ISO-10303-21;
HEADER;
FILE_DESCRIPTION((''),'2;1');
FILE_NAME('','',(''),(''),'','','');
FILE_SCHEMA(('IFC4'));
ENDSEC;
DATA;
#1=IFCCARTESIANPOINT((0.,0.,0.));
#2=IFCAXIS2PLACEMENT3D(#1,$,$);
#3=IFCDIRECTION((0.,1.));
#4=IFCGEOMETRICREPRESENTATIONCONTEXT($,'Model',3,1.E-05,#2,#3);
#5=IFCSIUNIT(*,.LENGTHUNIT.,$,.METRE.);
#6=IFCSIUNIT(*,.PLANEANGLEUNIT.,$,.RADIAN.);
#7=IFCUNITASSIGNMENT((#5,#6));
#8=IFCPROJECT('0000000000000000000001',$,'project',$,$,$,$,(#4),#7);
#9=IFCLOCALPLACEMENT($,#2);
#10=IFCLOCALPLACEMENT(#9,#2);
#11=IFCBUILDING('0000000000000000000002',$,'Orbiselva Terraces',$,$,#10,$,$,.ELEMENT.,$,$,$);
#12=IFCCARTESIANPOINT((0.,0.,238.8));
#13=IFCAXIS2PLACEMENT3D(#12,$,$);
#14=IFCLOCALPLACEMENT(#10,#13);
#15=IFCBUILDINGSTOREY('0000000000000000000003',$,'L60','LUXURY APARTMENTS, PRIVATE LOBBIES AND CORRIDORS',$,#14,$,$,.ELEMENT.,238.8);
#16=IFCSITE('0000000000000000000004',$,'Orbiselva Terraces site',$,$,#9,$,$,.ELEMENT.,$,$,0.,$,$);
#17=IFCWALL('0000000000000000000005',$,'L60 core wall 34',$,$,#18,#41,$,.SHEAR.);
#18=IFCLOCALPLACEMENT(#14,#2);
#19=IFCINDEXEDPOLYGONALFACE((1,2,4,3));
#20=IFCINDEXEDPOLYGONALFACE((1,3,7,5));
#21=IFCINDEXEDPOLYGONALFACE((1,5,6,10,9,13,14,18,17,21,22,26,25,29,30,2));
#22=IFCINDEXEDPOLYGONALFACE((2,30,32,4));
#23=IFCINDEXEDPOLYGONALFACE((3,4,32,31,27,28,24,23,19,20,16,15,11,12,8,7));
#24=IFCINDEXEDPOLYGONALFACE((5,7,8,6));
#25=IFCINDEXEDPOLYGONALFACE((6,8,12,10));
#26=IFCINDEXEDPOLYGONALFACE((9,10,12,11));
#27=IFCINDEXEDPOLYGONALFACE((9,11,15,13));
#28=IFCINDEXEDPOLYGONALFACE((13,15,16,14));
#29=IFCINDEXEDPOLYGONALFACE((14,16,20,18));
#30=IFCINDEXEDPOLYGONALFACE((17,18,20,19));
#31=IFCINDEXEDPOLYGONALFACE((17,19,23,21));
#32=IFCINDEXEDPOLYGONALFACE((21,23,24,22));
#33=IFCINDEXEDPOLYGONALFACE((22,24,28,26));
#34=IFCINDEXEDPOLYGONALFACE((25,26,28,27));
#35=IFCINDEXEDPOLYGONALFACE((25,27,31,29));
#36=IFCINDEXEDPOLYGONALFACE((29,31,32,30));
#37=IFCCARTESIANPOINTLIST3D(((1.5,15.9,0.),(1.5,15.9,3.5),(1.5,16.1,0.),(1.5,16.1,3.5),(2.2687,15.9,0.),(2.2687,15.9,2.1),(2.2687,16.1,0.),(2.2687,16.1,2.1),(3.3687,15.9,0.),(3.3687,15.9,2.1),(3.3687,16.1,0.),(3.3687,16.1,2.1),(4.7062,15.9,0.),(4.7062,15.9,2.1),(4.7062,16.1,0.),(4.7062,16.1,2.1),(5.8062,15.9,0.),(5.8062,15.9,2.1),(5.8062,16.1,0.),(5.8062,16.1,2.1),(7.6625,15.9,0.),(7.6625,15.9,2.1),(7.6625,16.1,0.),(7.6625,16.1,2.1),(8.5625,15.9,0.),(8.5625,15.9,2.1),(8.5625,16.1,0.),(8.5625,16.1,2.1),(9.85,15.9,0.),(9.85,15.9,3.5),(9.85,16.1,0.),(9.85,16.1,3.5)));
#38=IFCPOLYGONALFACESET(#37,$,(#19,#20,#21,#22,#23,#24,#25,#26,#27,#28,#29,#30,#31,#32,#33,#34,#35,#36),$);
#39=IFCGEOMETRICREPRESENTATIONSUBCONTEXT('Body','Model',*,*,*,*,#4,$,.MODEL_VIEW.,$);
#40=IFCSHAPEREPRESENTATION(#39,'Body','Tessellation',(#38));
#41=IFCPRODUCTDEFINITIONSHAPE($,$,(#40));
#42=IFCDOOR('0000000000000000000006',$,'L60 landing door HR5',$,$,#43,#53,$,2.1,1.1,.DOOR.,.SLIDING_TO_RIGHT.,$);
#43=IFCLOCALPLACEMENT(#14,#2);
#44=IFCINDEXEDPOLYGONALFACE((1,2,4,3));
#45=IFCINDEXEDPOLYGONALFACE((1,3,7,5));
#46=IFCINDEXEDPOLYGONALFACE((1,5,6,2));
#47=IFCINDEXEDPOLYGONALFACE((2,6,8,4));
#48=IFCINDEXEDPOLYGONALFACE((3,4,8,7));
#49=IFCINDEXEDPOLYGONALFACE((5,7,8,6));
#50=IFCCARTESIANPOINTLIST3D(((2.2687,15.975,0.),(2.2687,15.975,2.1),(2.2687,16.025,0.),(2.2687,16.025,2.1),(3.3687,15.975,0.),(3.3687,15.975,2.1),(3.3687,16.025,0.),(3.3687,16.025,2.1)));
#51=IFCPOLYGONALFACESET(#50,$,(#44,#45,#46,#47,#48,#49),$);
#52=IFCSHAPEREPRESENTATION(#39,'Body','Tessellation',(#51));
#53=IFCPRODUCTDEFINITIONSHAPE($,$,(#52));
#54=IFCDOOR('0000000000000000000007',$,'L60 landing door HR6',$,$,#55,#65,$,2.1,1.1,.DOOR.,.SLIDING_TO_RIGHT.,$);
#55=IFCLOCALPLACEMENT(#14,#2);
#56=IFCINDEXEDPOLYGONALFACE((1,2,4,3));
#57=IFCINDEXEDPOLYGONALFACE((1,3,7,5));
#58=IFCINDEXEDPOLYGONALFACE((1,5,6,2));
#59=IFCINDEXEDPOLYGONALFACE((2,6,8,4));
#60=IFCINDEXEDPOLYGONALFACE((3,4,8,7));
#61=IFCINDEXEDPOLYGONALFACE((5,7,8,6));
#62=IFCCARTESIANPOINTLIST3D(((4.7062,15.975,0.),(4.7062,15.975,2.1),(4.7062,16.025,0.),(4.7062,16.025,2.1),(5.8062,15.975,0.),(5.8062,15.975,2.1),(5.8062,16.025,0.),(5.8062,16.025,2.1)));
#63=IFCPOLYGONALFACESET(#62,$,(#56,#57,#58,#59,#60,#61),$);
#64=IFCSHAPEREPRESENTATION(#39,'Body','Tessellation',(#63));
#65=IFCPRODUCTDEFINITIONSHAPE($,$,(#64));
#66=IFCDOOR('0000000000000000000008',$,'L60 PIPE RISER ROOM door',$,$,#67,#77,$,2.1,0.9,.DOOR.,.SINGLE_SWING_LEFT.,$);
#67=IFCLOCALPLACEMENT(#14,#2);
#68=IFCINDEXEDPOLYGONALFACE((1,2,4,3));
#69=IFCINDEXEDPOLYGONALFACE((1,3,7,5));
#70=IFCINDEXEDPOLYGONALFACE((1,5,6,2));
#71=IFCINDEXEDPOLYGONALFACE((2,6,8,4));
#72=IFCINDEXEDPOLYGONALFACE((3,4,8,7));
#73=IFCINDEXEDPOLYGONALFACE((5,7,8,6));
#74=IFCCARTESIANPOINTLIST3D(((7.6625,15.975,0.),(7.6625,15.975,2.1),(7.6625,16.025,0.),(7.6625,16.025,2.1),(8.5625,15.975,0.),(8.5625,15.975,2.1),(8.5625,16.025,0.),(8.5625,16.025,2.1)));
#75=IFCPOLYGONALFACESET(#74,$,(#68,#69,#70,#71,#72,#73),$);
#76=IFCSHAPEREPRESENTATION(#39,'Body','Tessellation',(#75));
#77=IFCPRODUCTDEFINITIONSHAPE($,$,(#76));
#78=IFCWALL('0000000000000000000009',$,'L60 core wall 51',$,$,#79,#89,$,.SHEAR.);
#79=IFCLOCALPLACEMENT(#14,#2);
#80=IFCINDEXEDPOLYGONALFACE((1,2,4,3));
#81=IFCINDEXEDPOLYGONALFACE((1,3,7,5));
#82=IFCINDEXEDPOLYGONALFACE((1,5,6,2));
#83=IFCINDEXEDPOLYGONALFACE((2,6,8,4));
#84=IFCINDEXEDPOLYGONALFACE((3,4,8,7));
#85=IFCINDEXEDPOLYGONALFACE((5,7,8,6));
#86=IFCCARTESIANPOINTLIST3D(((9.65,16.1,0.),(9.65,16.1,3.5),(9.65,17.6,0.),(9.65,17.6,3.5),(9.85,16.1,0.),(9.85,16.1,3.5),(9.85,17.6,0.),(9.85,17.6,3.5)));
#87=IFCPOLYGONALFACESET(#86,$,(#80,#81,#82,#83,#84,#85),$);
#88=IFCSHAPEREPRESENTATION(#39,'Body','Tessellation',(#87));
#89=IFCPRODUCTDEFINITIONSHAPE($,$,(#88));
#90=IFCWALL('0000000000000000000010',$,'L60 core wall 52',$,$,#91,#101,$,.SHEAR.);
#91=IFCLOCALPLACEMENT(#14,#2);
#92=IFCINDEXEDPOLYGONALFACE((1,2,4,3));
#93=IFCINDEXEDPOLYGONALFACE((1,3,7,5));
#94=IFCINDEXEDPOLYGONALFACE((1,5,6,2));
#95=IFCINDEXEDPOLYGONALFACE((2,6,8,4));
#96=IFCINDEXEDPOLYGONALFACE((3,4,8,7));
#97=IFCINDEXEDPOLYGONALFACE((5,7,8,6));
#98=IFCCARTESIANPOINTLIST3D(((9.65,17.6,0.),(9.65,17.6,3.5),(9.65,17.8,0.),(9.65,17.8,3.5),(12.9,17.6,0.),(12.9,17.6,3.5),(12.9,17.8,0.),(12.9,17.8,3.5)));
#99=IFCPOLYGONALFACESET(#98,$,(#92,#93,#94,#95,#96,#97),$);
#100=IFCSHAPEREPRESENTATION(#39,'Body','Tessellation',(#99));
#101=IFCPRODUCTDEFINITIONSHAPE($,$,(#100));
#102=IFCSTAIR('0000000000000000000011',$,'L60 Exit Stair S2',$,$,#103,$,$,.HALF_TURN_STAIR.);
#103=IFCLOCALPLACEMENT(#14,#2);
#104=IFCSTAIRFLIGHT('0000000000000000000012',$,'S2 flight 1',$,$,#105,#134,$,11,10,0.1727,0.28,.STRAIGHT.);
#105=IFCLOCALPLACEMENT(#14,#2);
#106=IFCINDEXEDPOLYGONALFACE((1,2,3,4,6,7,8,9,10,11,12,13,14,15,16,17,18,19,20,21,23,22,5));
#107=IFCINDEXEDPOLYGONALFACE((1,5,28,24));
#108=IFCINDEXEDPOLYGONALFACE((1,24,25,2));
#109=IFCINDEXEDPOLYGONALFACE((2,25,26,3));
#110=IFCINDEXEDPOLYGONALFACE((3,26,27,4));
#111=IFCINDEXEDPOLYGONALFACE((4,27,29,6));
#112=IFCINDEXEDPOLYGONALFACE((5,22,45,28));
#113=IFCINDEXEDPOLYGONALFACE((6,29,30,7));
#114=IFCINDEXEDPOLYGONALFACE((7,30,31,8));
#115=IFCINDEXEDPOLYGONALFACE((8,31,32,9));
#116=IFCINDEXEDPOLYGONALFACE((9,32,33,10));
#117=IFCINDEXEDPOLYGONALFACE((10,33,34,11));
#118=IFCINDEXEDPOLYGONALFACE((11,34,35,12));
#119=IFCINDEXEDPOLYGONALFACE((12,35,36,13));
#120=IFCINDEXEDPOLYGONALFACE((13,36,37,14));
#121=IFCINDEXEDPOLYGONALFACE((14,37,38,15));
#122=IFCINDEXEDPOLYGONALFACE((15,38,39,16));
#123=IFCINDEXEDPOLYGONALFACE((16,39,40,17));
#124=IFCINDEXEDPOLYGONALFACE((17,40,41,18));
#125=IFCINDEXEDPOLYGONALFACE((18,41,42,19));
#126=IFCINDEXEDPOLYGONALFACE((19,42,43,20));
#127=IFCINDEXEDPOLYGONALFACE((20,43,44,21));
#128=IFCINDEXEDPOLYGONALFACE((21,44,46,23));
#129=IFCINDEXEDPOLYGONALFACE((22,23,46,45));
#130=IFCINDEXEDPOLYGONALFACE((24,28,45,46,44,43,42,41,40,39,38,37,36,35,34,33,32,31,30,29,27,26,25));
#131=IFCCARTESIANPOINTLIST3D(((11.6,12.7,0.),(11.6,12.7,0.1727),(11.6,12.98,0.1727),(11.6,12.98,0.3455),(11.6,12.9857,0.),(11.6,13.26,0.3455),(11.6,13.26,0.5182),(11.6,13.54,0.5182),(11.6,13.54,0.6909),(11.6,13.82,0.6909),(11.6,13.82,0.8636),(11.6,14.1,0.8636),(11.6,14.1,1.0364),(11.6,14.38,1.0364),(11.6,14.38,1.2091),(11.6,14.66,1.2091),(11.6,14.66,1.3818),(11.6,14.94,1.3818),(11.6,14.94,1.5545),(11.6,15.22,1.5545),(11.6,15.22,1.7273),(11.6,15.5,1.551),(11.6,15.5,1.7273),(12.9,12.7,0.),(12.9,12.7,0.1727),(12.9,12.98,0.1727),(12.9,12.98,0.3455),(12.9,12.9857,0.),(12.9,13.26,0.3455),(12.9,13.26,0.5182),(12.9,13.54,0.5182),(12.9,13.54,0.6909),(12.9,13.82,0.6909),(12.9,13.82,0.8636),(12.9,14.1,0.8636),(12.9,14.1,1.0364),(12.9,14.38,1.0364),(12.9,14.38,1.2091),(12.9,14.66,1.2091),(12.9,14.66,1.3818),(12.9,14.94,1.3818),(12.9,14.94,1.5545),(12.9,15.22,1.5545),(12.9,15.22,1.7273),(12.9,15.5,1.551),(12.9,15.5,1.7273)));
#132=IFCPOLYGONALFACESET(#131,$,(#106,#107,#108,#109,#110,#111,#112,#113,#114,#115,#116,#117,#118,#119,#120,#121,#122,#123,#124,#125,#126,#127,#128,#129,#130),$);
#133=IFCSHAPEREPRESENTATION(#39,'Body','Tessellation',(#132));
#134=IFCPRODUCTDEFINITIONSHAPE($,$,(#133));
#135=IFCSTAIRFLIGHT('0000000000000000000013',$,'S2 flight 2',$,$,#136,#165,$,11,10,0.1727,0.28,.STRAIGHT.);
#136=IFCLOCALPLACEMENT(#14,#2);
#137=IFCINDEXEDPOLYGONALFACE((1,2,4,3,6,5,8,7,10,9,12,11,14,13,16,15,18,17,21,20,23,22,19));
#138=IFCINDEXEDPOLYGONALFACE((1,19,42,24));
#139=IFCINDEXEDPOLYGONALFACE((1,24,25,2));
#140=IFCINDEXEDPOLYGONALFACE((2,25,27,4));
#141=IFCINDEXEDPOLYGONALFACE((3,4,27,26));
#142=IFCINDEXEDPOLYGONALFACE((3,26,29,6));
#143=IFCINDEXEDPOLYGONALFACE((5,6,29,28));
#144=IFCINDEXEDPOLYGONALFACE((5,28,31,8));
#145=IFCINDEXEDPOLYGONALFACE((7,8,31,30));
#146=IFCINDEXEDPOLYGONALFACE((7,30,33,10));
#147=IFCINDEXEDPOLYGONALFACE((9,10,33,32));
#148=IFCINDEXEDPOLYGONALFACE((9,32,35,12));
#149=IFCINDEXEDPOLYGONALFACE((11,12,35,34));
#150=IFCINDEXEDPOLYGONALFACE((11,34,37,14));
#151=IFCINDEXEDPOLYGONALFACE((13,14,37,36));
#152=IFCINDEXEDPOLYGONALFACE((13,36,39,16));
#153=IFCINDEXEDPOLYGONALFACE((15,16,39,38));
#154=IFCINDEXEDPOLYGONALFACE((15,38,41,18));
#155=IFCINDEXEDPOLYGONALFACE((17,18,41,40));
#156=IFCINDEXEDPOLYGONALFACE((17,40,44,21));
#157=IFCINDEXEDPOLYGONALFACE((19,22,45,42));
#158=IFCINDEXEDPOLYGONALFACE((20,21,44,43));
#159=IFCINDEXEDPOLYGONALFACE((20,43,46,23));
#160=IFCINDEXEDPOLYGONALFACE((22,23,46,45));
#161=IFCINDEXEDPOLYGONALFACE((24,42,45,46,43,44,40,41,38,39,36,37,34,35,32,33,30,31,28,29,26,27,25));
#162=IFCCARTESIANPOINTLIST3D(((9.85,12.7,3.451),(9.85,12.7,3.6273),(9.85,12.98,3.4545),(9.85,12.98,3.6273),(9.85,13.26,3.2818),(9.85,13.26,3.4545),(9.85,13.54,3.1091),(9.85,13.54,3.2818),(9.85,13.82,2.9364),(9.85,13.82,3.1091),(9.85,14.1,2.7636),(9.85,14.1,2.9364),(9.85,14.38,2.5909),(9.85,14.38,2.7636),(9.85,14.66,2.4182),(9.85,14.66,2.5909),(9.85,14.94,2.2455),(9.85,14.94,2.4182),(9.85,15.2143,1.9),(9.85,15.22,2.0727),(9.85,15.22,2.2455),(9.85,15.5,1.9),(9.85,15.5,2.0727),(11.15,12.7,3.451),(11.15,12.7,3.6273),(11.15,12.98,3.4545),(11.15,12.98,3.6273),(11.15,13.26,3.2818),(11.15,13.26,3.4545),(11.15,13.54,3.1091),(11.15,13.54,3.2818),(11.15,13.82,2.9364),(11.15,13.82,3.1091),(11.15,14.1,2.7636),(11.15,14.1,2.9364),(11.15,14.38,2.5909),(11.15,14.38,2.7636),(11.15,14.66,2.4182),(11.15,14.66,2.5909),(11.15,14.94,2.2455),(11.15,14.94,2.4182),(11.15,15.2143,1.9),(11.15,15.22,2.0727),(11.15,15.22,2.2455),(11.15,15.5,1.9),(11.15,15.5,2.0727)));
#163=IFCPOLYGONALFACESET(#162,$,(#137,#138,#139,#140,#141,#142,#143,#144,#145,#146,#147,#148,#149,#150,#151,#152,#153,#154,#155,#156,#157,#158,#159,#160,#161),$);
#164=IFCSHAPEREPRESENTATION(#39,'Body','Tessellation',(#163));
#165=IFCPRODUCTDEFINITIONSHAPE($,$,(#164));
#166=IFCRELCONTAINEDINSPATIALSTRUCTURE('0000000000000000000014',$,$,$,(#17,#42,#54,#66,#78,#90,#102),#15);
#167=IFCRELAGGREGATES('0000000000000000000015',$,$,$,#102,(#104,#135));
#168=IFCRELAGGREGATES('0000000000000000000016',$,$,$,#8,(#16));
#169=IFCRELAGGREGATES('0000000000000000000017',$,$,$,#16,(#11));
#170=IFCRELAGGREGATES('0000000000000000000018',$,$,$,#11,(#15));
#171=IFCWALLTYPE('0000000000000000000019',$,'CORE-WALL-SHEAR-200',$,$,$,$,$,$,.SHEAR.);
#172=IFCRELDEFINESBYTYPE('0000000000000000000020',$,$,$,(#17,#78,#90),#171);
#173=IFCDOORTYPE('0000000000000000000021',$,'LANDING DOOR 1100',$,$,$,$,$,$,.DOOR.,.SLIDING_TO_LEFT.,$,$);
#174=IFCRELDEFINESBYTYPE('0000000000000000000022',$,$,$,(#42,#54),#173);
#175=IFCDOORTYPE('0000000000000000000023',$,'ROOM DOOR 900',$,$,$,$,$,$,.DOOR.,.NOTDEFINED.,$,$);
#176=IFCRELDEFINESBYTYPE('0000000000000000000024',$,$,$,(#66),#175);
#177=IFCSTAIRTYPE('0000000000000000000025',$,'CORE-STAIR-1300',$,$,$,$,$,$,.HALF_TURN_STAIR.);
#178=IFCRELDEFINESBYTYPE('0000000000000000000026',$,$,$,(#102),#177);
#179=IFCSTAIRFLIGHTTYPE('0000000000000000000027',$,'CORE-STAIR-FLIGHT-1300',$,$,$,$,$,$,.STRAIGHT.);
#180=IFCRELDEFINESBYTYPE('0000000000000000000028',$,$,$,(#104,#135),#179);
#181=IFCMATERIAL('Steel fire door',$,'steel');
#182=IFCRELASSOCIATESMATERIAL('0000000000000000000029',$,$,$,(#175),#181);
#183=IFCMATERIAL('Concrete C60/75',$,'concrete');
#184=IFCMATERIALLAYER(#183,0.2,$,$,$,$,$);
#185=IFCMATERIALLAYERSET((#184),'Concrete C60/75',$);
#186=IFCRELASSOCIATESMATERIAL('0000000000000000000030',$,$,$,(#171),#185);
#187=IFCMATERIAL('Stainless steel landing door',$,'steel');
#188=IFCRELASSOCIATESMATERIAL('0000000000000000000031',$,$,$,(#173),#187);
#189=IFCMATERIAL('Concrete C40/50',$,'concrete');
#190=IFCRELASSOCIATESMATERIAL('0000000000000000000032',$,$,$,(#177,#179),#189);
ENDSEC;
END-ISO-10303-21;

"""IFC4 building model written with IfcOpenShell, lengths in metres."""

from ifc_helpers import new_model, si_unit, direction, frame, frame_2d, origin, place, context, subcontext, project, spatial, polyline, rectangle, outline, extrude, material, layer, layer_set, type_object, element, fill, aggregate, save


model = new_model("IFC4")

# Units and contexts
model_context = context("Model", 3, precision=1e-05, world=origin(), true_north=direction((0.0, 1.0)))
body_context = subcontext(model_context, "Body", "Model", "MODEL_VIEW")
ifc_project = project(units=[si_unit("LENGTHUNIT", "METRE"), si_unit("PLANEANGLEUNIT", "RADIAN")], contexts=[model_context])

# Site, building, storey
site_placement = place(None, origin())
site = spatial("IfcSite", under=ifc_project, at=site_placement, Name="Orbiselva Terraces site", CompositionType="ELEMENT", RefElevation=0.0)
building_placement = place(site_placement, origin())
building = spatial("IfcBuilding", under=site, at=building_placement, Name="Orbiselva Terraces", CompositionType="ELEMENT")
storey_placement = place(building_placement, frame((0.0, 0.0, 238.8)))
storey = spatial("IfcBuildingStorey", under=building, at=storey_placement, Name="L60", Description="LUXURY APARTMENTS, PRIVATE LOBBIES AND CORRIDORS", CompositionType="ELEMENT", Elevation=238.8)

# Shared definitions
ifc_material_1 = material(Name="Steel fire door", Category="steel")
door_type_1 = type_object("IfcDoorType", Name="ROOM DOOR 900", OperationType="NOTDEFINED", PredefinedType="DOOR", material=ifc_material_1)

# Shared definitions
ifc_material_2 = material(Name="Concrete C40/50", Category="concrete")
ifc_material_3 = material(Name="Concrete C60/75", Category="concrete")
ifc_layer_1 = layer(ifc_material_3, 0.2)
ifc_layer_set_1 = layer_set([ifc_layer_1], Name="Concrete C60/75")
wall_type_1 = type_object("IfcWallType", Name="CORE-WALL-SHEAR-200", PredefinedType="SHEAR", material=ifc_layer_set_1)

# Wall, openings, doors
wall_1_placement = place(storey_placement, frame((9.85, 16.0, 0.0), z_axis=(0.0, 0.0, 1.0), x_axis=(-1.0, 0.0, 0.0)))
wall_1 = element("IfcWall", 1, at=wall_1_placement, inside=storey, type_object=wall_type_1, Name="L60 core wall 34", PredefinedType="SHEAR", context=body_context, shape_type="SweptSolid", body=[
    extrude(rectangle(XDim=8.35, YDim=0.2, at=frame_2d((4.175, 0.0))), origin(), (0.0, 0.0, 1.0), 3.5),
])
opening_1_placement = place(wall_1_placement, frame((6.4813, 0.0, 0.0)))
opening_1 = element("IfcOpeningElement", 2, at=opening_1_placement, cuts=wall_1, PredefinedType="OPENING", context=body_context, shape_type="SweptSolid", body=[
    extrude(rectangle(XDim=1.1, YDim=2.1, at=frame_2d((0.55, 1.05))), frame((0.0, 0.11, 0.0), z_axis=(0.0, -1.0, 0.0), x_axis=(1.0, 0.0, 0.0)), (0.0, 0.0, 1.0), 0.22),
])
opening_2_placement = place(wall_1_placement, frame((4.0438, 0.0, 0.0)))
opening_2 = element("IfcOpeningElement", 3, at=opening_2_placement, cuts=wall_1, PredefinedType="OPENING", context=body_context, shape_type="SweptSolid", body=[
    extrude(rectangle(XDim=1.1, YDim=2.1, at=frame_2d((0.55, 1.05))), frame((0.0, 0.11, 0.0), z_axis=(0.0, -1.0, 0.0), x_axis=(1.0, 0.0, 0.0)), (0.0, 0.0, 1.0), 0.22),
])
opening_3_placement = place(wall_1_placement, frame((1.2875, 0.0, 0.0)))
opening_3 = element("IfcOpeningElement", 4, at=opening_3_placement, cuts=wall_1, PredefinedType="OPENING", context=body_context, shape_type="SweptSolid", body=[
    extrude(rectangle(XDim=0.9, YDim=2.1, at=frame_2d((0.45, 1.05))), frame((0.0, 0.11, 0.0), z_axis=(0.0, -1.0, 0.0), x_axis=(1.0, 0.0, 0.0)), (0.0, 0.0, 1.0), 0.22),
])
ifc_material_4 = material(Name="Stainless steel landing door", Category="steel")
door_type_2 = type_object("IfcDoorType", Name="LANDING DOOR 1100", OperationType="SLIDING_TO_LEFT", PredefinedType="DOOR", material=ifc_material_4)
door_1_placement = place(opening_1_placement, origin())
door_1 = element("IfcDoor", 5, at=door_1_placement, inside=storey, type_object=door_type_2, Name="L60 landing door HR5", OperationType="SLIDING_TO_RIGHT", OverallHeight=2.1, OverallWidth=1.1, PredefinedType="DOOR", context=body_context, shape_type="SweptSolid", body=[
    extrude(rectangle(XDim=1.1, YDim=2.1, at=frame_2d((0.55, 1.05))), frame((0.0, 0.025, 0.0), z_axis=(0.0, -1.0, 0.0), x_axis=(1.0, 0.0, 0.0)), (0.0, 0.0, 1.0), 0.05),
])
fill(opening_1, door_1)
door_2_placement = place(opening_2_placement, origin())
door_2 = element("IfcDoor", 6, at=door_2_placement, inside=storey, type_object=door_type_2, Name="L60 landing door HR6", OperationType="SLIDING_TO_RIGHT", OverallHeight=2.1, OverallWidth=1.1, PredefinedType="DOOR", context=body_context, shape_type="SweptSolid", body=[
    extrude(rectangle(XDim=1.1, YDim=2.1, at=frame_2d((0.55, 1.05))), frame((0.0, 0.025, 0.0), z_axis=(0.0, -1.0, 0.0), x_axis=(1.0, 0.0, 0.0)), (0.0, 0.0, 1.0), 0.05),
])
fill(opening_2, door_2)
door_3_placement = place(opening_3_placement, origin())
door_3 = element("IfcDoor", 7, at=door_3_placement, inside=storey, type_object=door_type_1, Name="L60 PIPE RISER ROOM door", OperationType="SINGLE_SWING_LEFT", OverallHeight=2.1, OverallWidth=0.9, PredefinedType="DOOR", context=body_context, shape_type="SweptSolid", body=[
    extrude(rectangle(XDim=0.9, YDim=2.1, at=frame_2d((0.45, 1.05))), frame((0.0, 0.025, 0.0), z_axis=(0.0, -1.0, 0.0), x_axis=(1.0, 0.0, 0.0)), (0.0, 0.0, 1.0), 0.05),
])
fill(opening_3, door_3)

# Walls
wall_2_placement = place(storey_placement, frame((9.75, 16.1, 0.0), z_axis=(0.0, 0.0, 1.0), x_axis=(0.0, 1.0, 0.0)))
element("IfcWall", 8, at=wall_2_placement, inside=storey, type_object=wall_type_1, Name="L60 core wall 51", PredefinedType="SHEAR", context=body_context, shape_type="SweptSolid", body=[
    extrude(rectangle(XDim=1.5, YDim=0.2, at=frame_2d((0.75, 0.0))), origin(), (0.0, 0.0, 1.0), 3.5),
])
wall_3_placement = place(storey_placement, frame((9.65, 17.7, 0.0), z_axis=(0.0, 0.0, 1.0), x_axis=(1.0, 0.0, 0.0)))
element("IfcWall", 9, at=wall_3_placement, inside=storey, type_object=wall_type_1, Name="L60 core wall 52", PredefinedType="SHEAR", context=body_context, shape_type="SweptSolid", body=[
    extrude(rectangle(XDim=3.25, YDim=0.2, at=frame_2d((1.625, 0.0))), origin(), (0.0, 0.0, 1.0), 3.5),
])

# Stair, stair flights
stair_type = type_object("IfcStairType", Name="CORE-STAIR-1300", PredefinedType="HALF_TURN_STAIR", material=ifc_material_2)
stair_placement = place(storey_placement, origin())
stair = element("IfcStair", 10, at=stair_placement, inside=storey, type_object=stair_type, Name="L60 Exit Stair S2", PredefinedType="HALF_TURN_STAIR")
stair_flight_type = type_object("IfcStairFlightType", Name="CORE-STAIR-FLIGHT-1300", PredefinedType="STRAIGHT", material=ifc_material_2)
stair_flight_1_placement = place(storey_placement, frame((12.25, 12.7, 0.0), z_axis=(0.0, 0.0, 1.0), x_axis=(0.0, 1.0, 0.0)))
stair_flight_1 = element("IfcStairFlight", 11, at=stair_flight_1_placement, type_object=stair_flight_type, Name="S2 flight 1", NumberOfRisers=11, NumberOfTreads=10, PredefinedType="STRAIGHT", RiserHeight=0.1727, TreadLength=0.28, context=body_context, shape_type="SweptSolid", body=[
    extrude(outline(polyline([(0.0, 0.0), (0.0, 0.1727), (0.28, 0.1727), (0.28, 0.3455), (0.56, 0.3455), (0.56, 0.5182), (0.84, 0.5182), (0.84, 0.6909), (1.12, 0.6909), (1.12, 0.8636), (1.4, 0.8636), (1.4, 1.0364), (1.68, 1.0364), (1.68, 1.2091), (1.96, 1.2091), (1.96, 1.3818), (2.24, 1.3818), (2.24, 1.5545), (2.52, 1.5545), (2.52, 1.7273), (2.8, 1.7273), (2.8, 1.9), (2.8, 1.551), (0.2857, 0.0), (0.0, 0.0)])), frame((0.0, 0.65, 0.0), z_axis=(0.0, -1.0, 0.0), x_axis=(1.0, 0.0, 0.0)), (0.0, 0.0, 1.0), 1.3),
])
stair_flight_2_placement = place(storey_placement, frame((10.5, 15.5, 1.9), z_axis=(0.0, 0.0, 1.0), x_axis=(0.0, -1.0, 0.0)))
stair_flight_2 = element("IfcStairFlight", 12, at=stair_flight_2_placement, type_object=stair_flight_type, Name="S2 flight 2", NumberOfRisers=11, NumberOfTreads=10, PredefinedType="STRAIGHT", RiserHeight=0.1727, TreadLength=0.28, context=body_context, shape_type="SweptSolid", body=[
    extrude(outline(polyline([(0.0, 0.0), (0.0, 0.1727), (0.28, 0.1727), (0.28, 0.3455), (0.56, 0.3455), (0.56, 0.5182), (0.84, 0.5182), (0.84, 0.6909), (1.12, 0.6909), (1.12, 0.8636), (1.4, 0.8636), (1.4, 1.0364), (1.68, 1.0364), (1.68, 1.2091), (1.96, 1.2091), (1.96, 1.3818), (2.24, 1.3818), (2.24, 1.5545), (2.52, 1.5545), (2.52, 1.7273), (2.8, 1.7273), (2.8, 1.9), (2.8, 1.551), (0.2857, 0.0), (0.0, 0.0)])), frame((0.0, 0.65, 0.0), z_axis=(0.0, -1.0, 0.0), x_axis=(1.0, 0.0, 0.0)), (0.0, 0.0, 1.0), 1.3),
])
aggregate(stair, [stair_flight_1, stair_flight_2])

save(model, "model.ifc")
